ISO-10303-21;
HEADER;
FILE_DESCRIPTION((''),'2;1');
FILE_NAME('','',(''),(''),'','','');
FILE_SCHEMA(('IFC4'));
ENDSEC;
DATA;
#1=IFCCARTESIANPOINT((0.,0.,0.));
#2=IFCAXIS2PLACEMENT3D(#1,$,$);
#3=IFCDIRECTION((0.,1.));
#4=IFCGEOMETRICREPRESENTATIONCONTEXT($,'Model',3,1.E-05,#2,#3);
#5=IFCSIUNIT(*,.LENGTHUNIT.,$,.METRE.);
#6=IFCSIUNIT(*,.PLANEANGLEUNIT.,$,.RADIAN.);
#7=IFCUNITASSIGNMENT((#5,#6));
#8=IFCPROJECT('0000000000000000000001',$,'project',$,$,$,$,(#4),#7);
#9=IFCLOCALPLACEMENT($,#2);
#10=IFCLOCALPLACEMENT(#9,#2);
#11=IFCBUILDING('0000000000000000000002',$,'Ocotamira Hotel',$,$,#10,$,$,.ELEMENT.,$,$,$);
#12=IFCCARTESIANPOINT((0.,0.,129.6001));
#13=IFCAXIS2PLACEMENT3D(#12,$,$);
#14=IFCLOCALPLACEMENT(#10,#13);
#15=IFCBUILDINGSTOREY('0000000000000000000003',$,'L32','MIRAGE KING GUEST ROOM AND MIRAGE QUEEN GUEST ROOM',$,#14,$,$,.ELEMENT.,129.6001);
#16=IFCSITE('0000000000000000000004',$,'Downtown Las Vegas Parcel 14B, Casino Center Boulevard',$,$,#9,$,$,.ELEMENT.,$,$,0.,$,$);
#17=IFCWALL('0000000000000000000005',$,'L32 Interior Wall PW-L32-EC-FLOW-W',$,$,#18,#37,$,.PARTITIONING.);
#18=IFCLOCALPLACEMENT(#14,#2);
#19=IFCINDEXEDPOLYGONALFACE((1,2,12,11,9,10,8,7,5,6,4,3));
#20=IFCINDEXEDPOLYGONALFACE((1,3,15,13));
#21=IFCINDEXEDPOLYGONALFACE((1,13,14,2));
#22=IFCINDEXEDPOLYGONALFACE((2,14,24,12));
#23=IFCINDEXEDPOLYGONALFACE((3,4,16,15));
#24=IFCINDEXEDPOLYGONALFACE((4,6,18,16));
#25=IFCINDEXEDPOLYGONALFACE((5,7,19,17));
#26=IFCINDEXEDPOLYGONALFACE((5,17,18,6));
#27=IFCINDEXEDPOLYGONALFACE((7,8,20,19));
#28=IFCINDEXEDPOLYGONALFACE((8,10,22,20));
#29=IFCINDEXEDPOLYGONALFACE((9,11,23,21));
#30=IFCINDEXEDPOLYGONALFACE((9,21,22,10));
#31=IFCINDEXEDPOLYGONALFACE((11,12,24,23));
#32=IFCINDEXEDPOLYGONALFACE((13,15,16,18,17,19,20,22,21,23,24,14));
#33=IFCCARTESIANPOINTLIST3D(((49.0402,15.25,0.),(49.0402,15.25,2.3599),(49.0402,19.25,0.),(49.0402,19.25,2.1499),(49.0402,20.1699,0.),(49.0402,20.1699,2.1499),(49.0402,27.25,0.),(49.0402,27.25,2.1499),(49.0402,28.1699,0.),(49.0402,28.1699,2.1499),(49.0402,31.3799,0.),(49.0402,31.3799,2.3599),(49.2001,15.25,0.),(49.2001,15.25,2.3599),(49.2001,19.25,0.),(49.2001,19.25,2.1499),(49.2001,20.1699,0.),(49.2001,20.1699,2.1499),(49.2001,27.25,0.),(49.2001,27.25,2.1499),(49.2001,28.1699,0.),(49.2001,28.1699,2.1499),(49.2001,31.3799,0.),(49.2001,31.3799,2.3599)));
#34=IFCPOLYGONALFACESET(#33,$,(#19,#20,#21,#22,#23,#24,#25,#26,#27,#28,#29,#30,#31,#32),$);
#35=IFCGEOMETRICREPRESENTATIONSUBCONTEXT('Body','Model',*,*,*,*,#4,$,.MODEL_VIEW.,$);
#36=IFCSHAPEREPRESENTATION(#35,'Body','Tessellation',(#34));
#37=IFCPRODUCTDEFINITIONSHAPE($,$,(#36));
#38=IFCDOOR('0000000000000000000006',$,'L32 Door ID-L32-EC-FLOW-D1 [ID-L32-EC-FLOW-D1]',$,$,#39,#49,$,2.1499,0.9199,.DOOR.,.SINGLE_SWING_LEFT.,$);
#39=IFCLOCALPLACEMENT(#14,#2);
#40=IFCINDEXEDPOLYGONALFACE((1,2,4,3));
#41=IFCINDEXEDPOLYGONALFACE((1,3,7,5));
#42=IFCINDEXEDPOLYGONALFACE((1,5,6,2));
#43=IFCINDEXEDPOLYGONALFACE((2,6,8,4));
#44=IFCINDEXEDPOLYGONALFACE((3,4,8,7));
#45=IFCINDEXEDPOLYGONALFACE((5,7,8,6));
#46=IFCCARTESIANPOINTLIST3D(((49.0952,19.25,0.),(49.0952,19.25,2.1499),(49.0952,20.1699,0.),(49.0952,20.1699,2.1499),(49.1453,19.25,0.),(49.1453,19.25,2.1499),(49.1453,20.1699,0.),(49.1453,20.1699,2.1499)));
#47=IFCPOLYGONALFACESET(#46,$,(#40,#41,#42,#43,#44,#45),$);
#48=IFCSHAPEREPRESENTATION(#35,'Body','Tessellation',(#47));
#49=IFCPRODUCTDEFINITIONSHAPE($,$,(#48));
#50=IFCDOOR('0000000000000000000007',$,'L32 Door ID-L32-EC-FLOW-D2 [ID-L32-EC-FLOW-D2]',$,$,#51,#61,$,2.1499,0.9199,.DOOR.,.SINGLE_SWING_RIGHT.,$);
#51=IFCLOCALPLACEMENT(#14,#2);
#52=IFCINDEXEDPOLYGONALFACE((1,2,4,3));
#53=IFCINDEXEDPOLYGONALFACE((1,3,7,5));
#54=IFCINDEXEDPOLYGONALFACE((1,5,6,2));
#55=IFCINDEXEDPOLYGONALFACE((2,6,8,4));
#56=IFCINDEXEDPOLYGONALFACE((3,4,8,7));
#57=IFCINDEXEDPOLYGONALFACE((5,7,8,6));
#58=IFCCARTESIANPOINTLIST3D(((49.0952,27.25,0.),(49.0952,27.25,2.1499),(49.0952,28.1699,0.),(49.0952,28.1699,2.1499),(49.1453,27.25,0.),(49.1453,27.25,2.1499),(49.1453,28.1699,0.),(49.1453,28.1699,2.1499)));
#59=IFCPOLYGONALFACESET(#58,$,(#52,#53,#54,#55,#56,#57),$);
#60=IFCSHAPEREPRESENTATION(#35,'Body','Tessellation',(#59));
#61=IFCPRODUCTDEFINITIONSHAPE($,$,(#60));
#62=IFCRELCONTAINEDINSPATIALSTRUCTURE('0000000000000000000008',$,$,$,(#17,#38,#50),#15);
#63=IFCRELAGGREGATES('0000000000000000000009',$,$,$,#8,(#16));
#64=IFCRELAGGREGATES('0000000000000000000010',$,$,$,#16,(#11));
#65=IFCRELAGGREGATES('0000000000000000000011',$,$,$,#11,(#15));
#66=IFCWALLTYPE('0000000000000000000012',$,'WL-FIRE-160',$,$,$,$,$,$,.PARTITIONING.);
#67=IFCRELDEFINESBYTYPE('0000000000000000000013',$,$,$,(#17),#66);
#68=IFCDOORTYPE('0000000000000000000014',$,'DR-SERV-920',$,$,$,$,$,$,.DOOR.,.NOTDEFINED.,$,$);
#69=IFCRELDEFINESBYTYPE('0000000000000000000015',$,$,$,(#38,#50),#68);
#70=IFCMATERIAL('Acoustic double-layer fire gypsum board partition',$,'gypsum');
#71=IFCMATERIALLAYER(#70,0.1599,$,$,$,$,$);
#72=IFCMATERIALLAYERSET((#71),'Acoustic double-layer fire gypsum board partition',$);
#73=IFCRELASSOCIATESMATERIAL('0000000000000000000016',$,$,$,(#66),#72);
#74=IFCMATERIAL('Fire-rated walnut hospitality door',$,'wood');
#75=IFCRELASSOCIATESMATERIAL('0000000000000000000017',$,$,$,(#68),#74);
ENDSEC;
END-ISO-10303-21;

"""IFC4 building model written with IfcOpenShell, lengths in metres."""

from ifc_helpers import new_model, si_unit, direction, frame, frame_2d, origin, place, context, subcontext, project, spatial, rectangle, extrude, source, transform, mapped, material, layer, layer_set, type_object, element, fill, save


model = new_model("IFC4")

# Units and contexts
model_context = context("Model", 3, precision=1e-05, world=origin(), true_north=direction((0.0, 1.0)))
body_context = subcontext(model_context, "Body", "Model", "MODEL_VIEW")
ifc_project = project(units=[si_unit("LENGTHUNIT", "METRE"), si_unit("PLANEANGLEUNIT", "RADIAN")], contexts=[model_context])

# Site, building, storey
site_placement = place(None, origin())
site = spatial("IfcSite", under=ifc_project, at=site_placement, Name="Downtown Las Vegas Parcel 14B, Casino Center Boulevard", CompositionType="ELEMENT", RefElevation=0.0)
building_placement = place(site_placement, origin())
building = spatial("IfcBuilding", under=site, at=building_placement, Name="Ocotamira Hotel", CompositionType="ELEMENT")
storey_placement = place(building_placement, frame((0.0, 0.0, 129.6001)))
storey = spatial("IfcBuildingStorey", under=building, at=storey_placement, Name="L32", Description="MIRAGE KING GUEST ROOM AND MIRAGE QUEEN GUEST ROOM", CompositionType="ELEMENT", Elevation=129.6001)

# Wall, openings, doors
ifc_material_1 = material(Name="Acoustic double-layer fire gypsum board partition", Category="gypsum")
ifc_layer_1 = layer(ifc_material_1, 0.1599)
ifc_layer_set_1 = layer_set([ifc_layer_1], Name="Acoustic double-layer fire gypsum board partition")
wall_type_1 = type_object("IfcWallType", Name="WL-FIRE-160", PredefinedType="PARTITIONING", material=ifc_layer_set_1)
wall_1_placement = place(storey_placement, frame((49.1201, 15.25, 0.0), z_axis=(0.0, 0.0, 1.0), x_axis=(0.0, 1.0, 0.0)))
wall_1 = element("IfcWall", 1, at=wall_1_placement, inside=storey, type_object=wall_type_1, Name="L32 Interior Wall PW-L32-EC-FLOW-W", PredefinedType="PARTITIONING", context=body_context, shape_type="SweptSolid", body=[
    extrude(rectangle(XDim=16.1299, YDim=0.1599, at=frame_2d((8.0649, 0.0))), origin(), (0.0, 0.0, 1.0), 2.3599),
])
opening_1_placement = place(wall_1_placement, frame((4.0, 0.0, 0.0)))
opening_1 = element("IfcOpeningElement", 2, at=opening_1_placement, cuts=wall_1, PredefinedType="OPENING", context=body_context, shape_type="SweptSolid", body=[
    extrude(rectangle(XDim=0.9199, YDim=2.1499, at=frame_2d((0.46, 1.075))), frame((0.0, 0.0898, 0.0), z_axis=(0.0, -1.0, 0.0), x_axis=(1.0, 0.0, 0.0)), (0.0, 0.0, 1.0), 0.1799),
])
opening_2_placement = place(wall_1_placement, frame((12.0, 0.0, 0.0)))
opening_2 = element("IfcOpeningElement", 3, at=opening_2_placement, cuts=wall_1, PredefinedType="OPENING", context=body_context, shape_type="SweptSolid", body=[
    extrude(rectangle(XDim=0.9199, YDim=2.1499, at=frame_2d((0.46, 1.075))), frame((0.0, 0.0898, 0.0), z_axis=(0.0, -1.0, 0.0), x_axis=(1.0, 0.0, 0.0)), (0.0, 0.0, 1.0), 0.1799),
])
ifc_material_2 = material(Name="Fire-rated walnut hospitality door", Category="wood")
door_type_1 = type_object("IfcDoorType", Name="DR-SERV-920", OperationType="NOTDEFINED", PredefinedType="DOOR", material=ifc_material_2)
shared_shape_1 = source(origin(), body_context, "Body", "SweptSolid", [
    extrude(rectangle(XDim=0.9199, YDim=2.1499, at=frame_2d((0.46, 1.075))), frame((0.0, 0.0249, 0.0), z_axis=(0.0, -1.0, 0.0), x_axis=(1.0, 0.0, 0.0)), (0.0, 0.0, 1.0), 0.05),
])
door_1_placement = place(opening_1_placement, origin())
door_1 = element("IfcDoor", 4, at=door_1_placement, inside=storey, type_object=door_type_1, Name="L32 Door ID-L32-EC-FLOW-D1 [ID-L32-EC-FLOW-D1]", OperationType="SINGLE_SWING_LEFT", OverallHeight=2.1499, OverallWidth=0.9199, PredefinedType="DOOR", context=body_context, shape_type="MappedRepresentation", body=[
    mapped(shared_shape_1, transform((0.0, 0.0, 0.0), scale=1.0)),
])
fill(opening_1, door_1)
door_2_placement = place(opening_2_placement, origin())
door_2 = element("IfcDoor", 5, at=door_2_placement, inside=storey, type_object=door_type_1, Name="L32 Door ID-L32-EC-FLOW-D2 [ID-L32-EC-FLOW-D2]", OperationType="SINGLE_SWING_RIGHT", OverallHeight=2.1499, OverallWidth=0.9199, PredefinedType="DOOR", context=body_context, shape_type="MappedRepresentation", body=[
    mapped(shared_shape_1, transform((0.0, 0.0, 0.0), scale=1.0)),
])
fill(opening_2, door_2)

save(model, "model.ifc")
